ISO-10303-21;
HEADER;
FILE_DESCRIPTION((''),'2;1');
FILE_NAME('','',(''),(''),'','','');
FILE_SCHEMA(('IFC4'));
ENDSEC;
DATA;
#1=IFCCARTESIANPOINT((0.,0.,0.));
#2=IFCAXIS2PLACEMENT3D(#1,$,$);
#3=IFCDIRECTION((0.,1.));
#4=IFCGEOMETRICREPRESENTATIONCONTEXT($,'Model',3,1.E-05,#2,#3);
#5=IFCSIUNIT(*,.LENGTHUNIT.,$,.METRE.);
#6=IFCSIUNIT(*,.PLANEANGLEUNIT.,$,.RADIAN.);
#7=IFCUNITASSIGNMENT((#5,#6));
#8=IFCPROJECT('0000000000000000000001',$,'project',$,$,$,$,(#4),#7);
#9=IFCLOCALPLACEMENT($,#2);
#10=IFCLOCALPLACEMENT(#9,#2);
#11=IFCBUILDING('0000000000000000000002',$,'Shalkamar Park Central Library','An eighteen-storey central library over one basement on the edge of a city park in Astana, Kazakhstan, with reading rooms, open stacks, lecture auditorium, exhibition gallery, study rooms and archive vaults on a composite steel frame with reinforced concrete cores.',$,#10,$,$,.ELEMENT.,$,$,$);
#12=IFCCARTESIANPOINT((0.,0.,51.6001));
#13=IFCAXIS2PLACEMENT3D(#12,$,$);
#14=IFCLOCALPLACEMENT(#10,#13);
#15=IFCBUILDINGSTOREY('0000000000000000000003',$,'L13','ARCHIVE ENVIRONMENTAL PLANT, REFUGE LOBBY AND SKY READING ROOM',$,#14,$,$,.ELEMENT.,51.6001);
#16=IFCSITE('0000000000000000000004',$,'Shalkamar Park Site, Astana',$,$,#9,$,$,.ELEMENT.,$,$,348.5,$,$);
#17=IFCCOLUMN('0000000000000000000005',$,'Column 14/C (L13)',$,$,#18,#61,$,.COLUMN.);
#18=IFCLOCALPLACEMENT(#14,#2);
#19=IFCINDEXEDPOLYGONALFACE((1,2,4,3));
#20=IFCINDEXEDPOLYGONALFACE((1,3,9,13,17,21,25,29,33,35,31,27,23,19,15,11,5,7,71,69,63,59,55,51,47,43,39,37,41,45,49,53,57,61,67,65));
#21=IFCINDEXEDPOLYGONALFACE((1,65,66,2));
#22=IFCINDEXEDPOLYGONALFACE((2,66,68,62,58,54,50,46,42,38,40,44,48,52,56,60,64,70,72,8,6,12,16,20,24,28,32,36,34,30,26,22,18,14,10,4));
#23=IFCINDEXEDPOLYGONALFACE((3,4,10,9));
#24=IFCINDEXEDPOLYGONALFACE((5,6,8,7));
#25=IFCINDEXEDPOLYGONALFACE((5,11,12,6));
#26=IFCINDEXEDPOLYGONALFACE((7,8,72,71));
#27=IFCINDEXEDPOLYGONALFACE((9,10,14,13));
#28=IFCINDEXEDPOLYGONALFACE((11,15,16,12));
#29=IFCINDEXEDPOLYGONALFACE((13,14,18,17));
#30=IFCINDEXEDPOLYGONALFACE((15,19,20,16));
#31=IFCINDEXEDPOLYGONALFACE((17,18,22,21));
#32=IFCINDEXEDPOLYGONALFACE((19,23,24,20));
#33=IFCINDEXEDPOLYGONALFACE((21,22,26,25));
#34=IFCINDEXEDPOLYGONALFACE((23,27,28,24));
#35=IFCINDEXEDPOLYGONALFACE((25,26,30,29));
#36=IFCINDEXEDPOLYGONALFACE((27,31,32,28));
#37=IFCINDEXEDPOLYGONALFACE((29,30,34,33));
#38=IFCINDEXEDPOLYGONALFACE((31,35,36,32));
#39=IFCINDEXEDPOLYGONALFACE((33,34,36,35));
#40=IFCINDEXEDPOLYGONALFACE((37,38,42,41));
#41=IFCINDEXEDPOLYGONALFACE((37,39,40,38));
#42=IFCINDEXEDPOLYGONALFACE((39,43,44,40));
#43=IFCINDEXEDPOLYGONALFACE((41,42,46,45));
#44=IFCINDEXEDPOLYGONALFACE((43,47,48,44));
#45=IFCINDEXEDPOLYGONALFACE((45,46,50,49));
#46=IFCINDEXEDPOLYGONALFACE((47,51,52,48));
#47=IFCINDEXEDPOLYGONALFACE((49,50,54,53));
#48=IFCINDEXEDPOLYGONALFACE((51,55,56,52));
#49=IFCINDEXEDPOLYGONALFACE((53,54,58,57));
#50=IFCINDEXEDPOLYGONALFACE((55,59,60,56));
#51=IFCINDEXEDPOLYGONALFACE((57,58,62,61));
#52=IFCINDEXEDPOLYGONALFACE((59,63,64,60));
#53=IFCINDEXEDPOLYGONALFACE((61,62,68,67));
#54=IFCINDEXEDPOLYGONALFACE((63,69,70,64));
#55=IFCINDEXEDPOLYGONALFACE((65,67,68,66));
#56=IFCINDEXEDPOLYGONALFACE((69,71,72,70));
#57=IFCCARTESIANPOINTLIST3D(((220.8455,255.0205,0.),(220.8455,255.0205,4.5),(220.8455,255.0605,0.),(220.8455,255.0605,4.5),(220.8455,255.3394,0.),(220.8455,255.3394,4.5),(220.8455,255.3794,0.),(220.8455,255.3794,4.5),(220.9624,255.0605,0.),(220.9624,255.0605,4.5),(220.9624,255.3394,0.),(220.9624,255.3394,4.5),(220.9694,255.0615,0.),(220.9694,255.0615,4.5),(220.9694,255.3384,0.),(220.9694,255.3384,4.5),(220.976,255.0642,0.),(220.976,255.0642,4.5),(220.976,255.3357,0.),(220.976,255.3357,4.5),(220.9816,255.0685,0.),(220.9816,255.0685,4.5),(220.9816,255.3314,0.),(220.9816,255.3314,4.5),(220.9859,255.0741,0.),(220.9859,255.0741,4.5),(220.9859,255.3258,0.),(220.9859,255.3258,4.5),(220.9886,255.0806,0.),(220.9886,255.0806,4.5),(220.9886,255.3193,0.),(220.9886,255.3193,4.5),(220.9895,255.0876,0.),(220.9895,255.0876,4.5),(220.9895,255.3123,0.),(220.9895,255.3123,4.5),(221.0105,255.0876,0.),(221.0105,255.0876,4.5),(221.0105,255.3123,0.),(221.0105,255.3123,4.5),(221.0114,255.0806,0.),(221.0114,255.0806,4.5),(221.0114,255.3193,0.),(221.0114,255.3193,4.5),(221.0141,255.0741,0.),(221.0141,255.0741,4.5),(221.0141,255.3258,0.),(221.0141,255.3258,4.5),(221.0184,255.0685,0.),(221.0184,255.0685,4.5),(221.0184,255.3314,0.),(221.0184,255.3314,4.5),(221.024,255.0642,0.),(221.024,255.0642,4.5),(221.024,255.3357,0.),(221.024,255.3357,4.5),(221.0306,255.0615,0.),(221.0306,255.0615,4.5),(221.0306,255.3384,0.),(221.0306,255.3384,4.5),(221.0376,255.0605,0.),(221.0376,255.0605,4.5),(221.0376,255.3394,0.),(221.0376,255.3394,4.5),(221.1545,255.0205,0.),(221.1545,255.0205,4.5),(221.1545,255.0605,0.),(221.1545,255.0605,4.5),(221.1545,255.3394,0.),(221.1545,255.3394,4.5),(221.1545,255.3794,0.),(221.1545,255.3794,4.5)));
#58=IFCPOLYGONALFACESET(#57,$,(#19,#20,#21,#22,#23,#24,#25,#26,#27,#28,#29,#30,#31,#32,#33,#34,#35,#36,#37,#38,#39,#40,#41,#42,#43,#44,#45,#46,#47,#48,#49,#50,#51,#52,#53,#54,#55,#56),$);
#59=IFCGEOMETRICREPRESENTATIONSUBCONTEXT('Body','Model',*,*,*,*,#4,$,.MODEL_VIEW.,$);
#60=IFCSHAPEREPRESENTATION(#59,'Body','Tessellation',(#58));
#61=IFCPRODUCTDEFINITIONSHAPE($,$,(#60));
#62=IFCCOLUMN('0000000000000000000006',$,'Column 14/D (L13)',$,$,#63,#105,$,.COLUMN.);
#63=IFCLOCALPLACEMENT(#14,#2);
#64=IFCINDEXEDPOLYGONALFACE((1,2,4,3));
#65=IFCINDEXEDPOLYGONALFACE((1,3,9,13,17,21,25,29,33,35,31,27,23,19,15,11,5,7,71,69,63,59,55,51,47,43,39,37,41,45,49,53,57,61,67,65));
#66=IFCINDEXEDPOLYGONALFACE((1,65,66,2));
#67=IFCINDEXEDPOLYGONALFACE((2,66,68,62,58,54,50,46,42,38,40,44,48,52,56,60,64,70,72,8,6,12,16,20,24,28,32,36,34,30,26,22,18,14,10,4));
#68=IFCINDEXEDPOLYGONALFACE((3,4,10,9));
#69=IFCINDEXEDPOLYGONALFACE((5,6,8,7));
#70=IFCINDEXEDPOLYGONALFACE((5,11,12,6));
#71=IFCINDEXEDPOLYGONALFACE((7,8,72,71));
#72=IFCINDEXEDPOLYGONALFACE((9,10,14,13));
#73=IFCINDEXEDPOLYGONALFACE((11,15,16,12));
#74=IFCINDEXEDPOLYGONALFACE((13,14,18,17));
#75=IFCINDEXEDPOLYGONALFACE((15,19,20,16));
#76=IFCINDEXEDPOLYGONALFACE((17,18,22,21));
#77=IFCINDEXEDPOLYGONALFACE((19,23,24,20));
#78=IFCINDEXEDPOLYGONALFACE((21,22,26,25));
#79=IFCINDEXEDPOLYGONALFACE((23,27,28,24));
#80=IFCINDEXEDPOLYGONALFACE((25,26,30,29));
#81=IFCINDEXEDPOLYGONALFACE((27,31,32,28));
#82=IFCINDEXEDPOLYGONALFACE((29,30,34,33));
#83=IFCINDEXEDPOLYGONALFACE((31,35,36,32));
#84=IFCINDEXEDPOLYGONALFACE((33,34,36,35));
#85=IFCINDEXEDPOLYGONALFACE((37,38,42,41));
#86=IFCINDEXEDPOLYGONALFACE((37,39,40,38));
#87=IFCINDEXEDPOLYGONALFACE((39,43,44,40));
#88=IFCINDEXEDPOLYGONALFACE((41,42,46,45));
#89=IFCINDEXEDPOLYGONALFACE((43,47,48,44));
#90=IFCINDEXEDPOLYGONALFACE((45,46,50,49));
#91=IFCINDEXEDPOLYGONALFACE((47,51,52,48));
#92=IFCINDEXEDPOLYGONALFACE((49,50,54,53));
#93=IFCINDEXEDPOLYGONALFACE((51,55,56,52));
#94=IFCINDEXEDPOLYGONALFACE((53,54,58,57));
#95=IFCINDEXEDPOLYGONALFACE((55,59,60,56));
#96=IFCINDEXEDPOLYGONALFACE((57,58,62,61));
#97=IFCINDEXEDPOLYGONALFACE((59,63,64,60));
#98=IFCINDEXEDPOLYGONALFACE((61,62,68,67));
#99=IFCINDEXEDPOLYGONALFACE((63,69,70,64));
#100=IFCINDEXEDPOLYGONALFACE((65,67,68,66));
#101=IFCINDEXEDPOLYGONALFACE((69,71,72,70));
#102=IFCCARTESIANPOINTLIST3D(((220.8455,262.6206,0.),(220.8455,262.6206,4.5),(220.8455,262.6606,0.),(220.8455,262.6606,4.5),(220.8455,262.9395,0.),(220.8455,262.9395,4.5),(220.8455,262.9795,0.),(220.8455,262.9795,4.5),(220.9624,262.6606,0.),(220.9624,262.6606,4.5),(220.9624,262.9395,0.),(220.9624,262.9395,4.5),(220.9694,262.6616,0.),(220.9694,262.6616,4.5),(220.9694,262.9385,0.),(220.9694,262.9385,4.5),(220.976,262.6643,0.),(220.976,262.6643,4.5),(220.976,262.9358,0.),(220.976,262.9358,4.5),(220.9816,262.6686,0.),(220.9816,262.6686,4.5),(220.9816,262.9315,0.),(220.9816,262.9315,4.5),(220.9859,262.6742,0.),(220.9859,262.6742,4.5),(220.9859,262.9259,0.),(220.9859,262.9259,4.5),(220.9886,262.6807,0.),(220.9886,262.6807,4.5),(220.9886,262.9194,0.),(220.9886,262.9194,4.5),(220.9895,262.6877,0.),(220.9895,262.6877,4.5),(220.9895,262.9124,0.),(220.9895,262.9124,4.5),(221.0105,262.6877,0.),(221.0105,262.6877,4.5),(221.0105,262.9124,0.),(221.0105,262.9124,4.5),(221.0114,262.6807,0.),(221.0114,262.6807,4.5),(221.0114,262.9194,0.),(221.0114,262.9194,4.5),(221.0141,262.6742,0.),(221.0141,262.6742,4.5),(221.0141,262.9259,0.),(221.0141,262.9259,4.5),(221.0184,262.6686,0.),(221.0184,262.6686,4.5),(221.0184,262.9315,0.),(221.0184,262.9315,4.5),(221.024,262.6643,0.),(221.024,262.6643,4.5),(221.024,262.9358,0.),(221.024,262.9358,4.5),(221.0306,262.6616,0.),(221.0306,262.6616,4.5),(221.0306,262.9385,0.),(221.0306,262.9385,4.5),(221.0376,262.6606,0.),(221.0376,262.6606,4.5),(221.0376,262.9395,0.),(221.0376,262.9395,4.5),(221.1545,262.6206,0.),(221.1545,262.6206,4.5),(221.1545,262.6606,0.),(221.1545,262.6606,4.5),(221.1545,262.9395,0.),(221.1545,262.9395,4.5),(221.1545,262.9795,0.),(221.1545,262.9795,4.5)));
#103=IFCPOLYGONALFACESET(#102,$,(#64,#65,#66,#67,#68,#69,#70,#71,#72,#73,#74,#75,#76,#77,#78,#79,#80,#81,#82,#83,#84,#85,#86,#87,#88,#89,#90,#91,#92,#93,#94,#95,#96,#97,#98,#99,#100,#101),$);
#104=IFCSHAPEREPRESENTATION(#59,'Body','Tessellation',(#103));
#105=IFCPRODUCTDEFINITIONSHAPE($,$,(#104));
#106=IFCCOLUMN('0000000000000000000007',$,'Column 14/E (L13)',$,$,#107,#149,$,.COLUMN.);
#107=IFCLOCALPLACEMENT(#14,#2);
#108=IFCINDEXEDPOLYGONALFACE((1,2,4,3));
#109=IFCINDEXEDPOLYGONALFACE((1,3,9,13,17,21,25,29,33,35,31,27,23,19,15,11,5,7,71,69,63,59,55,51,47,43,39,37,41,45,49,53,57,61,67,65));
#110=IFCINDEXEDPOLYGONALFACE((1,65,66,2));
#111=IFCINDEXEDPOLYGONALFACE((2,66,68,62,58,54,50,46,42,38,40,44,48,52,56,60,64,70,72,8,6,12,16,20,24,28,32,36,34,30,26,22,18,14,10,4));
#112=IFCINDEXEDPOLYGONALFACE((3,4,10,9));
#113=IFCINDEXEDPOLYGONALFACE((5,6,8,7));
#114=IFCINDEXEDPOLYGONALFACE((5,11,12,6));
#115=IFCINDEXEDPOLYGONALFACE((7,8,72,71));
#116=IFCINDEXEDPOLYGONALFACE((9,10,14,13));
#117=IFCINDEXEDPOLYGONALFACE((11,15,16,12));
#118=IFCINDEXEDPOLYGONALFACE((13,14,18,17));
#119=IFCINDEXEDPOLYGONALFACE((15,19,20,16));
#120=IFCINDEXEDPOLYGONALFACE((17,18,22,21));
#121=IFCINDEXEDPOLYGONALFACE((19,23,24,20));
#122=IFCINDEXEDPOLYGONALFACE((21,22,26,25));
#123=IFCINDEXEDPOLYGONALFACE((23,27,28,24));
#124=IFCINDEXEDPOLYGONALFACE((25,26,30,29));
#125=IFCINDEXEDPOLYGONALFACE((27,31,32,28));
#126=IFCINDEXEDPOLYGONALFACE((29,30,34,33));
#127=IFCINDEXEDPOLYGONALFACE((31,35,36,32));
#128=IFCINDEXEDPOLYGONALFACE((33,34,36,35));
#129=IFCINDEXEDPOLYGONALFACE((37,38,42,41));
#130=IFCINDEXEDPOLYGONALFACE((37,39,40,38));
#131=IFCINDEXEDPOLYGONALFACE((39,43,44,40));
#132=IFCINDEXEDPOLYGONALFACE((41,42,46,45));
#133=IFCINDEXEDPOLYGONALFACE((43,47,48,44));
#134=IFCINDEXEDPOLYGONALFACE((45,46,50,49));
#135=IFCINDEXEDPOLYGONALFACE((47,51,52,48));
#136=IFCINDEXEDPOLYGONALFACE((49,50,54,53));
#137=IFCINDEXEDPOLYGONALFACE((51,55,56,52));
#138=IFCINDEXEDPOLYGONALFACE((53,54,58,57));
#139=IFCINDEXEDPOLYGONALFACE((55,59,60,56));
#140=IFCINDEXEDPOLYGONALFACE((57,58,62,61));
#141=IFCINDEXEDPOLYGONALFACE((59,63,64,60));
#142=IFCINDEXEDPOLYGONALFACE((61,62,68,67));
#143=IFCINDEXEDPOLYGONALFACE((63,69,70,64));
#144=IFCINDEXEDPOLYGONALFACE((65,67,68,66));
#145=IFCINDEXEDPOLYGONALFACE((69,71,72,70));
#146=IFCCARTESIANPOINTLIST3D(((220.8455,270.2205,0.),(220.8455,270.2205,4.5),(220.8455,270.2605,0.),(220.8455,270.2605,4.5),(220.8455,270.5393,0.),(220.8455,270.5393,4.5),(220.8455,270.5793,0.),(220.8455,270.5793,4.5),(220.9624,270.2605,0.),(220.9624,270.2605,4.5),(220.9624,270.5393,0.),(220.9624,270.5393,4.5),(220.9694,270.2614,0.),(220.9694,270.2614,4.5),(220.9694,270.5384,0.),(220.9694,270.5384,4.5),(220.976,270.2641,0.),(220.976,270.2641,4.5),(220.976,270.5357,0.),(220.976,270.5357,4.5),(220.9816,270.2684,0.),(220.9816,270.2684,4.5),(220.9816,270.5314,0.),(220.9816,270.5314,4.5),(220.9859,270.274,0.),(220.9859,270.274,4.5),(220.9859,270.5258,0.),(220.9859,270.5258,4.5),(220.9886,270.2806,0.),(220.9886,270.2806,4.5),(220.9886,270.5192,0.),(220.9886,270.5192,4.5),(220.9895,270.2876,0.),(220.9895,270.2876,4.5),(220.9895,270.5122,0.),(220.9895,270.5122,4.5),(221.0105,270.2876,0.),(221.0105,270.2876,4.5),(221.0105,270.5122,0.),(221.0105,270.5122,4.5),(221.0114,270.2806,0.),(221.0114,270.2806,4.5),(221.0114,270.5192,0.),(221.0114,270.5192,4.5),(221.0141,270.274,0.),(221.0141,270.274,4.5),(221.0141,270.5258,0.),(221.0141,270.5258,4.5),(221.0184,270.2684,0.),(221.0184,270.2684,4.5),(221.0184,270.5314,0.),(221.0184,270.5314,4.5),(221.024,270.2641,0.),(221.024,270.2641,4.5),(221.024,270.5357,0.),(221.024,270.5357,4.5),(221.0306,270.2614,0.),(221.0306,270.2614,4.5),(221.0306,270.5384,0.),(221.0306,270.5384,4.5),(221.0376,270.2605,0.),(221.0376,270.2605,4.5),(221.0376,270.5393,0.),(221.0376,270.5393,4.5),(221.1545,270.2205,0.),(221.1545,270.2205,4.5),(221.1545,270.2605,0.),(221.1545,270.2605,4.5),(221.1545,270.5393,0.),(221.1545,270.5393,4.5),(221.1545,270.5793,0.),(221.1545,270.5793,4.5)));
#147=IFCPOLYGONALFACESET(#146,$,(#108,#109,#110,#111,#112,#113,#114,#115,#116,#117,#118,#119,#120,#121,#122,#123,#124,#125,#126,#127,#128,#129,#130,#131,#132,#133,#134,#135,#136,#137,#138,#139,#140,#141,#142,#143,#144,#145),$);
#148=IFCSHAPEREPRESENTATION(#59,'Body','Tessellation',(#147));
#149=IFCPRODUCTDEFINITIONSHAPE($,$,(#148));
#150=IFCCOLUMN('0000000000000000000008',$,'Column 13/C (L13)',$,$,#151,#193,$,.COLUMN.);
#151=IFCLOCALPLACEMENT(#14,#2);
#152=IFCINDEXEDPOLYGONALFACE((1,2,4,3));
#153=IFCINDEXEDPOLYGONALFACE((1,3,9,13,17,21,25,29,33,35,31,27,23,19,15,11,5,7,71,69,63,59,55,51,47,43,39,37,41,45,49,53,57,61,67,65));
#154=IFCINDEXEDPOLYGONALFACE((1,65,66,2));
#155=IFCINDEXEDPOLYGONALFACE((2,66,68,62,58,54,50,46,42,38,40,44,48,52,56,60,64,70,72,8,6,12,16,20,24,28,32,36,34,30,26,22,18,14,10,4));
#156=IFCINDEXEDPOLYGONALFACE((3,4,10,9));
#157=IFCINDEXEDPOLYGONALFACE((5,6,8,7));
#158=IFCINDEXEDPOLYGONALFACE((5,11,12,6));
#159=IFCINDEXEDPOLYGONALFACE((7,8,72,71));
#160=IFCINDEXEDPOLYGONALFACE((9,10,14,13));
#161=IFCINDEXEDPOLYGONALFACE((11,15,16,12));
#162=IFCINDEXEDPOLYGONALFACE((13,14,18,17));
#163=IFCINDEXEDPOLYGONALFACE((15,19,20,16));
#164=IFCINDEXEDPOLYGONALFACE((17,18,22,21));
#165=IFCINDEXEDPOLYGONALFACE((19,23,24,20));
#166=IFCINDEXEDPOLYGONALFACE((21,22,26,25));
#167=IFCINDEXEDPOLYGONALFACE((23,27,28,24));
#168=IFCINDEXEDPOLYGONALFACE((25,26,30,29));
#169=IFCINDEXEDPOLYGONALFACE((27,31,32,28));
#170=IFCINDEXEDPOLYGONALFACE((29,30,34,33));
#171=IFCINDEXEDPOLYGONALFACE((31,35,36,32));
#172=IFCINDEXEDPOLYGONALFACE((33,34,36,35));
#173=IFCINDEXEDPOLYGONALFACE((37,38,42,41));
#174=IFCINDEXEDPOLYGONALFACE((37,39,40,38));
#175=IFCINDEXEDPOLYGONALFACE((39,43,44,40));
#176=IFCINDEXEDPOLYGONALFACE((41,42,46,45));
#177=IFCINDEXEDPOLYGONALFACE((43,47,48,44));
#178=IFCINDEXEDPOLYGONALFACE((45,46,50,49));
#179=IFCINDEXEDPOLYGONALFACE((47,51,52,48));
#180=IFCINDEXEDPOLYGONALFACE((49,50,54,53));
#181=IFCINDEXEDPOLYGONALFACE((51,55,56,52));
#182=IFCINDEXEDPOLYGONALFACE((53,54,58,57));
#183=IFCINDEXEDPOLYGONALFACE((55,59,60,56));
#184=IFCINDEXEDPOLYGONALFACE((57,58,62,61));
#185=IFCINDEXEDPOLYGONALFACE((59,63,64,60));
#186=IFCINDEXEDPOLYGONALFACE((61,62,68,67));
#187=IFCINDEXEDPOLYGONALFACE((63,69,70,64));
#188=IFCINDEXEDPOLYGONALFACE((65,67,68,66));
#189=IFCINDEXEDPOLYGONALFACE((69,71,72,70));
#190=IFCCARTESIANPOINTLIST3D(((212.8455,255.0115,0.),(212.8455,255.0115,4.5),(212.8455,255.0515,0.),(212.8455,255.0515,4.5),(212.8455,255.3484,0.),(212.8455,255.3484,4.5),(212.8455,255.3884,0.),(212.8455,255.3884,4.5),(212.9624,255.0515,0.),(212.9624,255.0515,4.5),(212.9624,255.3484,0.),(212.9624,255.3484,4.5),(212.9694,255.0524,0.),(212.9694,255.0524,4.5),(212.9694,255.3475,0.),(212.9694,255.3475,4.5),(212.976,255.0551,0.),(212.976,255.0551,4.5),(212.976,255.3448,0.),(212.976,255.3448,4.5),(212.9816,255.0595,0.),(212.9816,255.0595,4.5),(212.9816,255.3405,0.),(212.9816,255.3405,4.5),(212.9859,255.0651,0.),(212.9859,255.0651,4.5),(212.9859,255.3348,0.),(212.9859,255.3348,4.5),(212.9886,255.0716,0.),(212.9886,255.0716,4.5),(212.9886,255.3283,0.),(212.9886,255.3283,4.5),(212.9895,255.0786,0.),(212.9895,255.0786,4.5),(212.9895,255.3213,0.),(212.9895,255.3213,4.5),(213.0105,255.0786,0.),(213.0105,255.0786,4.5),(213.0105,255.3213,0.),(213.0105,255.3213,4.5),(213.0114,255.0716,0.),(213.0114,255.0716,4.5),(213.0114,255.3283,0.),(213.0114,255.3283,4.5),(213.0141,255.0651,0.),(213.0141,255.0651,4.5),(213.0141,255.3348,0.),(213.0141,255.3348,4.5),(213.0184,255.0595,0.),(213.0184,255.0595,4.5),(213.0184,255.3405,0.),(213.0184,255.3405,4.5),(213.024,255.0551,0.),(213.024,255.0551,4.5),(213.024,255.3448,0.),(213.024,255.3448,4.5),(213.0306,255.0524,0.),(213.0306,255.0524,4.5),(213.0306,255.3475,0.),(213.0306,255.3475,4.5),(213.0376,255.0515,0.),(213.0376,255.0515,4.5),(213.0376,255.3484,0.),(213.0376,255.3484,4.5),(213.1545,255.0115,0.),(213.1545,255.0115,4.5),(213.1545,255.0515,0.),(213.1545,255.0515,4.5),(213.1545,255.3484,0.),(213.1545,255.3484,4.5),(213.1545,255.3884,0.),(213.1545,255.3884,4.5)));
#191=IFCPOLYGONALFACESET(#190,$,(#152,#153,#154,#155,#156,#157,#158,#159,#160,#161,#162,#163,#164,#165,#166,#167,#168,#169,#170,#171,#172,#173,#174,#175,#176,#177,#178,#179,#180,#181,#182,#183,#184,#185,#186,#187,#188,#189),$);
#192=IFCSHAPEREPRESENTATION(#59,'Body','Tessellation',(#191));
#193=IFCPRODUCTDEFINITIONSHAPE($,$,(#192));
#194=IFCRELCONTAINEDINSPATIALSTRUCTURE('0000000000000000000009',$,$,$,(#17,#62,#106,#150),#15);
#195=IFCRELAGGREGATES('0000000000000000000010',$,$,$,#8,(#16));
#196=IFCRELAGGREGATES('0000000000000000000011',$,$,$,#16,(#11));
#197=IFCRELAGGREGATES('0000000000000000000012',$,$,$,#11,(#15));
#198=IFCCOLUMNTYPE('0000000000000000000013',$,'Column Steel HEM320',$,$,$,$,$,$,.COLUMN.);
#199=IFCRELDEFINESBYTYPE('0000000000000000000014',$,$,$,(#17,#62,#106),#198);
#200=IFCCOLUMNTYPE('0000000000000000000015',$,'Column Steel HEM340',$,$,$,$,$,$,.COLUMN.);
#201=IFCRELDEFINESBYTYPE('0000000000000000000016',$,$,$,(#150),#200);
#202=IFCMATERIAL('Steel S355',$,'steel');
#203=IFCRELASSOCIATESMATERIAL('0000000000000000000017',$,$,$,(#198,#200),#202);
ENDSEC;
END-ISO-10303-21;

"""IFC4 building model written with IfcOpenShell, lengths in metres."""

from ifc_helpers import new_model, si_unit, direction, frame, origin, origin_2d, place, context, subcontext, project, spatial, i_section, extrude, material, material_profile, profile_set, type_object, element, save


model = new_model("IFC4")

# Units and contexts
model_context = context("Model", 3, precision=1e-05, world=origin(), true_north=direction((0.0, 1.0)))
body_context = subcontext(model_context, "Body", "Model", "MODEL_VIEW")
ifc_project = project(units=[si_unit("LENGTHUNIT", "METRE"), si_unit("PLANEANGLEUNIT", "RADIAN")], contexts=[model_context])

# Site, building, storey
site_placement = place(None, origin())
site = spatial("IfcSite", under=ifc_project, at=site_placement, Name="Shalkamar Park Site, Astana", CompositionType="ELEMENT", RefElevation=348.5)
building_placement = place(site_placement, origin())
building = spatial("IfcBuilding", under=site, at=building_placement, Name="Shalkamar Park Central Library", Description="An eighteen-storey central library over one basement on the edge of a city park in Astana, Kazakhstan, with reading rooms, open stacks, lecture auditorium, exhibition gallery, study rooms and archive vaults on a composite steel frame with reinforced concrete cores.", CompositionType="ELEMENT")
storey_placement = place(building_placement, frame((0.0, 0.0, 51.6001)))
storey = spatial("IfcBuildingStorey", under=building, at=storey_placement, Name="L13", Description="ARCHIVE ENVIRONMENTAL PLANT, REFUGE LOBBY AND SKY READING ROOM", CompositionType="ELEMENT", Elevation=51.6001)

# Columns
ifc_material_1 = material(Name="Steel S355", Category="steel")
ifc_material_profile_1 = material_profile(ifc_material_1, i_section(OverallWidth=0.3091, OverallDepth=0.3589, WebThickness=0.021, FlangeThickness=0.04, FilletRadius=0.0271, at=origin_2d()), Name="HEM 320")
ifc_profile_set_1 = profile_set([ifc_material_profile_1], Name="Steel S355")
column_type_1 = type_object("IfcColumnType", Name="Column Steel HEM320", PredefinedType="COLUMN", material=ifc_profile_set_1)
for number, where, z_axis, x_axis, name in (
    (1, (221.0, 255.2, 0.0), (0.0, 0.0, 1.0), (1.0, 0.0, 0.0), "Column 14/C (L13)"),
    (2, (221.0, 262.8, 0.0), (0.0, 0.0, 1.0), (1.0, 0.0, 0.0), "Column 14/D (L13)"),
    (3, (221.0, 270.3999, 0.0), (0.0, 0.0, 1.0), (1.0, 0.0, 0.0), "Column 14/E (L13)"),
):
    element("IfcColumn", number, at=place(storey_placement, frame(where, z_axis=z_axis, x_axis=x_axis)), inside=storey, type_object=column_type_1, Name=name, PredefinedType="COLUMN", context=body_context, shape_type="SweptSolid", body=[
        extrude(i_section(OverallWidth=0.3091, OverallDepth=0.3589, WebThickness=0.021, FlangeThickness=0.04, FilletRadius=0.0271, at=origin_2d()), origin(), (0.0, 0.0, 1.0), 4.5),
    ])
ifc_material_profile_2 = material_profile(ifc_material_1, i_section(OverallWidth=0.3091, OverallDepth=0.377, WebThickness=0.021, FlangeThickness=0.04, FilletRadius=0.0271, at=origin_2d()), Name="HEM 340")
ifc_profile_set_2 = profile_set([ifc_material_profile_2], Name="Steel S355")
column_type_2 = type_object("IfcColumnType", Name="Column Steel HEM340", PredefinedType="COLUMN", material=ifc_profile_set_2)
for number, where, z_axis, x_axis, name in (
    (4, (213.0, 255.2, 0.0), (0.0, 0.0, 1.0), (1.0, 0.0, 0.0), "Column 13/C (L13)"),
):
    element("IfcColumn", number, at=place(storey_placement, frame(where, z_axis=z_axis, x_axis=x_axis)), inside=storey, type_object=column_type_2, Name=name, PredefinedType="COLUMN", context=body_context, shape_type="SweptSolid", body=[
        extrude(i_section(OverallWidth=0.3091, OverallDepth=0.377, WebThickness=0.021, FlangeThickness=0.04, FilletRadius=0.0271, at=origin_2d()), origin(), (0.0, 0.0, 1.0), 4.5),
    ])

save(model, "model.ifc")
